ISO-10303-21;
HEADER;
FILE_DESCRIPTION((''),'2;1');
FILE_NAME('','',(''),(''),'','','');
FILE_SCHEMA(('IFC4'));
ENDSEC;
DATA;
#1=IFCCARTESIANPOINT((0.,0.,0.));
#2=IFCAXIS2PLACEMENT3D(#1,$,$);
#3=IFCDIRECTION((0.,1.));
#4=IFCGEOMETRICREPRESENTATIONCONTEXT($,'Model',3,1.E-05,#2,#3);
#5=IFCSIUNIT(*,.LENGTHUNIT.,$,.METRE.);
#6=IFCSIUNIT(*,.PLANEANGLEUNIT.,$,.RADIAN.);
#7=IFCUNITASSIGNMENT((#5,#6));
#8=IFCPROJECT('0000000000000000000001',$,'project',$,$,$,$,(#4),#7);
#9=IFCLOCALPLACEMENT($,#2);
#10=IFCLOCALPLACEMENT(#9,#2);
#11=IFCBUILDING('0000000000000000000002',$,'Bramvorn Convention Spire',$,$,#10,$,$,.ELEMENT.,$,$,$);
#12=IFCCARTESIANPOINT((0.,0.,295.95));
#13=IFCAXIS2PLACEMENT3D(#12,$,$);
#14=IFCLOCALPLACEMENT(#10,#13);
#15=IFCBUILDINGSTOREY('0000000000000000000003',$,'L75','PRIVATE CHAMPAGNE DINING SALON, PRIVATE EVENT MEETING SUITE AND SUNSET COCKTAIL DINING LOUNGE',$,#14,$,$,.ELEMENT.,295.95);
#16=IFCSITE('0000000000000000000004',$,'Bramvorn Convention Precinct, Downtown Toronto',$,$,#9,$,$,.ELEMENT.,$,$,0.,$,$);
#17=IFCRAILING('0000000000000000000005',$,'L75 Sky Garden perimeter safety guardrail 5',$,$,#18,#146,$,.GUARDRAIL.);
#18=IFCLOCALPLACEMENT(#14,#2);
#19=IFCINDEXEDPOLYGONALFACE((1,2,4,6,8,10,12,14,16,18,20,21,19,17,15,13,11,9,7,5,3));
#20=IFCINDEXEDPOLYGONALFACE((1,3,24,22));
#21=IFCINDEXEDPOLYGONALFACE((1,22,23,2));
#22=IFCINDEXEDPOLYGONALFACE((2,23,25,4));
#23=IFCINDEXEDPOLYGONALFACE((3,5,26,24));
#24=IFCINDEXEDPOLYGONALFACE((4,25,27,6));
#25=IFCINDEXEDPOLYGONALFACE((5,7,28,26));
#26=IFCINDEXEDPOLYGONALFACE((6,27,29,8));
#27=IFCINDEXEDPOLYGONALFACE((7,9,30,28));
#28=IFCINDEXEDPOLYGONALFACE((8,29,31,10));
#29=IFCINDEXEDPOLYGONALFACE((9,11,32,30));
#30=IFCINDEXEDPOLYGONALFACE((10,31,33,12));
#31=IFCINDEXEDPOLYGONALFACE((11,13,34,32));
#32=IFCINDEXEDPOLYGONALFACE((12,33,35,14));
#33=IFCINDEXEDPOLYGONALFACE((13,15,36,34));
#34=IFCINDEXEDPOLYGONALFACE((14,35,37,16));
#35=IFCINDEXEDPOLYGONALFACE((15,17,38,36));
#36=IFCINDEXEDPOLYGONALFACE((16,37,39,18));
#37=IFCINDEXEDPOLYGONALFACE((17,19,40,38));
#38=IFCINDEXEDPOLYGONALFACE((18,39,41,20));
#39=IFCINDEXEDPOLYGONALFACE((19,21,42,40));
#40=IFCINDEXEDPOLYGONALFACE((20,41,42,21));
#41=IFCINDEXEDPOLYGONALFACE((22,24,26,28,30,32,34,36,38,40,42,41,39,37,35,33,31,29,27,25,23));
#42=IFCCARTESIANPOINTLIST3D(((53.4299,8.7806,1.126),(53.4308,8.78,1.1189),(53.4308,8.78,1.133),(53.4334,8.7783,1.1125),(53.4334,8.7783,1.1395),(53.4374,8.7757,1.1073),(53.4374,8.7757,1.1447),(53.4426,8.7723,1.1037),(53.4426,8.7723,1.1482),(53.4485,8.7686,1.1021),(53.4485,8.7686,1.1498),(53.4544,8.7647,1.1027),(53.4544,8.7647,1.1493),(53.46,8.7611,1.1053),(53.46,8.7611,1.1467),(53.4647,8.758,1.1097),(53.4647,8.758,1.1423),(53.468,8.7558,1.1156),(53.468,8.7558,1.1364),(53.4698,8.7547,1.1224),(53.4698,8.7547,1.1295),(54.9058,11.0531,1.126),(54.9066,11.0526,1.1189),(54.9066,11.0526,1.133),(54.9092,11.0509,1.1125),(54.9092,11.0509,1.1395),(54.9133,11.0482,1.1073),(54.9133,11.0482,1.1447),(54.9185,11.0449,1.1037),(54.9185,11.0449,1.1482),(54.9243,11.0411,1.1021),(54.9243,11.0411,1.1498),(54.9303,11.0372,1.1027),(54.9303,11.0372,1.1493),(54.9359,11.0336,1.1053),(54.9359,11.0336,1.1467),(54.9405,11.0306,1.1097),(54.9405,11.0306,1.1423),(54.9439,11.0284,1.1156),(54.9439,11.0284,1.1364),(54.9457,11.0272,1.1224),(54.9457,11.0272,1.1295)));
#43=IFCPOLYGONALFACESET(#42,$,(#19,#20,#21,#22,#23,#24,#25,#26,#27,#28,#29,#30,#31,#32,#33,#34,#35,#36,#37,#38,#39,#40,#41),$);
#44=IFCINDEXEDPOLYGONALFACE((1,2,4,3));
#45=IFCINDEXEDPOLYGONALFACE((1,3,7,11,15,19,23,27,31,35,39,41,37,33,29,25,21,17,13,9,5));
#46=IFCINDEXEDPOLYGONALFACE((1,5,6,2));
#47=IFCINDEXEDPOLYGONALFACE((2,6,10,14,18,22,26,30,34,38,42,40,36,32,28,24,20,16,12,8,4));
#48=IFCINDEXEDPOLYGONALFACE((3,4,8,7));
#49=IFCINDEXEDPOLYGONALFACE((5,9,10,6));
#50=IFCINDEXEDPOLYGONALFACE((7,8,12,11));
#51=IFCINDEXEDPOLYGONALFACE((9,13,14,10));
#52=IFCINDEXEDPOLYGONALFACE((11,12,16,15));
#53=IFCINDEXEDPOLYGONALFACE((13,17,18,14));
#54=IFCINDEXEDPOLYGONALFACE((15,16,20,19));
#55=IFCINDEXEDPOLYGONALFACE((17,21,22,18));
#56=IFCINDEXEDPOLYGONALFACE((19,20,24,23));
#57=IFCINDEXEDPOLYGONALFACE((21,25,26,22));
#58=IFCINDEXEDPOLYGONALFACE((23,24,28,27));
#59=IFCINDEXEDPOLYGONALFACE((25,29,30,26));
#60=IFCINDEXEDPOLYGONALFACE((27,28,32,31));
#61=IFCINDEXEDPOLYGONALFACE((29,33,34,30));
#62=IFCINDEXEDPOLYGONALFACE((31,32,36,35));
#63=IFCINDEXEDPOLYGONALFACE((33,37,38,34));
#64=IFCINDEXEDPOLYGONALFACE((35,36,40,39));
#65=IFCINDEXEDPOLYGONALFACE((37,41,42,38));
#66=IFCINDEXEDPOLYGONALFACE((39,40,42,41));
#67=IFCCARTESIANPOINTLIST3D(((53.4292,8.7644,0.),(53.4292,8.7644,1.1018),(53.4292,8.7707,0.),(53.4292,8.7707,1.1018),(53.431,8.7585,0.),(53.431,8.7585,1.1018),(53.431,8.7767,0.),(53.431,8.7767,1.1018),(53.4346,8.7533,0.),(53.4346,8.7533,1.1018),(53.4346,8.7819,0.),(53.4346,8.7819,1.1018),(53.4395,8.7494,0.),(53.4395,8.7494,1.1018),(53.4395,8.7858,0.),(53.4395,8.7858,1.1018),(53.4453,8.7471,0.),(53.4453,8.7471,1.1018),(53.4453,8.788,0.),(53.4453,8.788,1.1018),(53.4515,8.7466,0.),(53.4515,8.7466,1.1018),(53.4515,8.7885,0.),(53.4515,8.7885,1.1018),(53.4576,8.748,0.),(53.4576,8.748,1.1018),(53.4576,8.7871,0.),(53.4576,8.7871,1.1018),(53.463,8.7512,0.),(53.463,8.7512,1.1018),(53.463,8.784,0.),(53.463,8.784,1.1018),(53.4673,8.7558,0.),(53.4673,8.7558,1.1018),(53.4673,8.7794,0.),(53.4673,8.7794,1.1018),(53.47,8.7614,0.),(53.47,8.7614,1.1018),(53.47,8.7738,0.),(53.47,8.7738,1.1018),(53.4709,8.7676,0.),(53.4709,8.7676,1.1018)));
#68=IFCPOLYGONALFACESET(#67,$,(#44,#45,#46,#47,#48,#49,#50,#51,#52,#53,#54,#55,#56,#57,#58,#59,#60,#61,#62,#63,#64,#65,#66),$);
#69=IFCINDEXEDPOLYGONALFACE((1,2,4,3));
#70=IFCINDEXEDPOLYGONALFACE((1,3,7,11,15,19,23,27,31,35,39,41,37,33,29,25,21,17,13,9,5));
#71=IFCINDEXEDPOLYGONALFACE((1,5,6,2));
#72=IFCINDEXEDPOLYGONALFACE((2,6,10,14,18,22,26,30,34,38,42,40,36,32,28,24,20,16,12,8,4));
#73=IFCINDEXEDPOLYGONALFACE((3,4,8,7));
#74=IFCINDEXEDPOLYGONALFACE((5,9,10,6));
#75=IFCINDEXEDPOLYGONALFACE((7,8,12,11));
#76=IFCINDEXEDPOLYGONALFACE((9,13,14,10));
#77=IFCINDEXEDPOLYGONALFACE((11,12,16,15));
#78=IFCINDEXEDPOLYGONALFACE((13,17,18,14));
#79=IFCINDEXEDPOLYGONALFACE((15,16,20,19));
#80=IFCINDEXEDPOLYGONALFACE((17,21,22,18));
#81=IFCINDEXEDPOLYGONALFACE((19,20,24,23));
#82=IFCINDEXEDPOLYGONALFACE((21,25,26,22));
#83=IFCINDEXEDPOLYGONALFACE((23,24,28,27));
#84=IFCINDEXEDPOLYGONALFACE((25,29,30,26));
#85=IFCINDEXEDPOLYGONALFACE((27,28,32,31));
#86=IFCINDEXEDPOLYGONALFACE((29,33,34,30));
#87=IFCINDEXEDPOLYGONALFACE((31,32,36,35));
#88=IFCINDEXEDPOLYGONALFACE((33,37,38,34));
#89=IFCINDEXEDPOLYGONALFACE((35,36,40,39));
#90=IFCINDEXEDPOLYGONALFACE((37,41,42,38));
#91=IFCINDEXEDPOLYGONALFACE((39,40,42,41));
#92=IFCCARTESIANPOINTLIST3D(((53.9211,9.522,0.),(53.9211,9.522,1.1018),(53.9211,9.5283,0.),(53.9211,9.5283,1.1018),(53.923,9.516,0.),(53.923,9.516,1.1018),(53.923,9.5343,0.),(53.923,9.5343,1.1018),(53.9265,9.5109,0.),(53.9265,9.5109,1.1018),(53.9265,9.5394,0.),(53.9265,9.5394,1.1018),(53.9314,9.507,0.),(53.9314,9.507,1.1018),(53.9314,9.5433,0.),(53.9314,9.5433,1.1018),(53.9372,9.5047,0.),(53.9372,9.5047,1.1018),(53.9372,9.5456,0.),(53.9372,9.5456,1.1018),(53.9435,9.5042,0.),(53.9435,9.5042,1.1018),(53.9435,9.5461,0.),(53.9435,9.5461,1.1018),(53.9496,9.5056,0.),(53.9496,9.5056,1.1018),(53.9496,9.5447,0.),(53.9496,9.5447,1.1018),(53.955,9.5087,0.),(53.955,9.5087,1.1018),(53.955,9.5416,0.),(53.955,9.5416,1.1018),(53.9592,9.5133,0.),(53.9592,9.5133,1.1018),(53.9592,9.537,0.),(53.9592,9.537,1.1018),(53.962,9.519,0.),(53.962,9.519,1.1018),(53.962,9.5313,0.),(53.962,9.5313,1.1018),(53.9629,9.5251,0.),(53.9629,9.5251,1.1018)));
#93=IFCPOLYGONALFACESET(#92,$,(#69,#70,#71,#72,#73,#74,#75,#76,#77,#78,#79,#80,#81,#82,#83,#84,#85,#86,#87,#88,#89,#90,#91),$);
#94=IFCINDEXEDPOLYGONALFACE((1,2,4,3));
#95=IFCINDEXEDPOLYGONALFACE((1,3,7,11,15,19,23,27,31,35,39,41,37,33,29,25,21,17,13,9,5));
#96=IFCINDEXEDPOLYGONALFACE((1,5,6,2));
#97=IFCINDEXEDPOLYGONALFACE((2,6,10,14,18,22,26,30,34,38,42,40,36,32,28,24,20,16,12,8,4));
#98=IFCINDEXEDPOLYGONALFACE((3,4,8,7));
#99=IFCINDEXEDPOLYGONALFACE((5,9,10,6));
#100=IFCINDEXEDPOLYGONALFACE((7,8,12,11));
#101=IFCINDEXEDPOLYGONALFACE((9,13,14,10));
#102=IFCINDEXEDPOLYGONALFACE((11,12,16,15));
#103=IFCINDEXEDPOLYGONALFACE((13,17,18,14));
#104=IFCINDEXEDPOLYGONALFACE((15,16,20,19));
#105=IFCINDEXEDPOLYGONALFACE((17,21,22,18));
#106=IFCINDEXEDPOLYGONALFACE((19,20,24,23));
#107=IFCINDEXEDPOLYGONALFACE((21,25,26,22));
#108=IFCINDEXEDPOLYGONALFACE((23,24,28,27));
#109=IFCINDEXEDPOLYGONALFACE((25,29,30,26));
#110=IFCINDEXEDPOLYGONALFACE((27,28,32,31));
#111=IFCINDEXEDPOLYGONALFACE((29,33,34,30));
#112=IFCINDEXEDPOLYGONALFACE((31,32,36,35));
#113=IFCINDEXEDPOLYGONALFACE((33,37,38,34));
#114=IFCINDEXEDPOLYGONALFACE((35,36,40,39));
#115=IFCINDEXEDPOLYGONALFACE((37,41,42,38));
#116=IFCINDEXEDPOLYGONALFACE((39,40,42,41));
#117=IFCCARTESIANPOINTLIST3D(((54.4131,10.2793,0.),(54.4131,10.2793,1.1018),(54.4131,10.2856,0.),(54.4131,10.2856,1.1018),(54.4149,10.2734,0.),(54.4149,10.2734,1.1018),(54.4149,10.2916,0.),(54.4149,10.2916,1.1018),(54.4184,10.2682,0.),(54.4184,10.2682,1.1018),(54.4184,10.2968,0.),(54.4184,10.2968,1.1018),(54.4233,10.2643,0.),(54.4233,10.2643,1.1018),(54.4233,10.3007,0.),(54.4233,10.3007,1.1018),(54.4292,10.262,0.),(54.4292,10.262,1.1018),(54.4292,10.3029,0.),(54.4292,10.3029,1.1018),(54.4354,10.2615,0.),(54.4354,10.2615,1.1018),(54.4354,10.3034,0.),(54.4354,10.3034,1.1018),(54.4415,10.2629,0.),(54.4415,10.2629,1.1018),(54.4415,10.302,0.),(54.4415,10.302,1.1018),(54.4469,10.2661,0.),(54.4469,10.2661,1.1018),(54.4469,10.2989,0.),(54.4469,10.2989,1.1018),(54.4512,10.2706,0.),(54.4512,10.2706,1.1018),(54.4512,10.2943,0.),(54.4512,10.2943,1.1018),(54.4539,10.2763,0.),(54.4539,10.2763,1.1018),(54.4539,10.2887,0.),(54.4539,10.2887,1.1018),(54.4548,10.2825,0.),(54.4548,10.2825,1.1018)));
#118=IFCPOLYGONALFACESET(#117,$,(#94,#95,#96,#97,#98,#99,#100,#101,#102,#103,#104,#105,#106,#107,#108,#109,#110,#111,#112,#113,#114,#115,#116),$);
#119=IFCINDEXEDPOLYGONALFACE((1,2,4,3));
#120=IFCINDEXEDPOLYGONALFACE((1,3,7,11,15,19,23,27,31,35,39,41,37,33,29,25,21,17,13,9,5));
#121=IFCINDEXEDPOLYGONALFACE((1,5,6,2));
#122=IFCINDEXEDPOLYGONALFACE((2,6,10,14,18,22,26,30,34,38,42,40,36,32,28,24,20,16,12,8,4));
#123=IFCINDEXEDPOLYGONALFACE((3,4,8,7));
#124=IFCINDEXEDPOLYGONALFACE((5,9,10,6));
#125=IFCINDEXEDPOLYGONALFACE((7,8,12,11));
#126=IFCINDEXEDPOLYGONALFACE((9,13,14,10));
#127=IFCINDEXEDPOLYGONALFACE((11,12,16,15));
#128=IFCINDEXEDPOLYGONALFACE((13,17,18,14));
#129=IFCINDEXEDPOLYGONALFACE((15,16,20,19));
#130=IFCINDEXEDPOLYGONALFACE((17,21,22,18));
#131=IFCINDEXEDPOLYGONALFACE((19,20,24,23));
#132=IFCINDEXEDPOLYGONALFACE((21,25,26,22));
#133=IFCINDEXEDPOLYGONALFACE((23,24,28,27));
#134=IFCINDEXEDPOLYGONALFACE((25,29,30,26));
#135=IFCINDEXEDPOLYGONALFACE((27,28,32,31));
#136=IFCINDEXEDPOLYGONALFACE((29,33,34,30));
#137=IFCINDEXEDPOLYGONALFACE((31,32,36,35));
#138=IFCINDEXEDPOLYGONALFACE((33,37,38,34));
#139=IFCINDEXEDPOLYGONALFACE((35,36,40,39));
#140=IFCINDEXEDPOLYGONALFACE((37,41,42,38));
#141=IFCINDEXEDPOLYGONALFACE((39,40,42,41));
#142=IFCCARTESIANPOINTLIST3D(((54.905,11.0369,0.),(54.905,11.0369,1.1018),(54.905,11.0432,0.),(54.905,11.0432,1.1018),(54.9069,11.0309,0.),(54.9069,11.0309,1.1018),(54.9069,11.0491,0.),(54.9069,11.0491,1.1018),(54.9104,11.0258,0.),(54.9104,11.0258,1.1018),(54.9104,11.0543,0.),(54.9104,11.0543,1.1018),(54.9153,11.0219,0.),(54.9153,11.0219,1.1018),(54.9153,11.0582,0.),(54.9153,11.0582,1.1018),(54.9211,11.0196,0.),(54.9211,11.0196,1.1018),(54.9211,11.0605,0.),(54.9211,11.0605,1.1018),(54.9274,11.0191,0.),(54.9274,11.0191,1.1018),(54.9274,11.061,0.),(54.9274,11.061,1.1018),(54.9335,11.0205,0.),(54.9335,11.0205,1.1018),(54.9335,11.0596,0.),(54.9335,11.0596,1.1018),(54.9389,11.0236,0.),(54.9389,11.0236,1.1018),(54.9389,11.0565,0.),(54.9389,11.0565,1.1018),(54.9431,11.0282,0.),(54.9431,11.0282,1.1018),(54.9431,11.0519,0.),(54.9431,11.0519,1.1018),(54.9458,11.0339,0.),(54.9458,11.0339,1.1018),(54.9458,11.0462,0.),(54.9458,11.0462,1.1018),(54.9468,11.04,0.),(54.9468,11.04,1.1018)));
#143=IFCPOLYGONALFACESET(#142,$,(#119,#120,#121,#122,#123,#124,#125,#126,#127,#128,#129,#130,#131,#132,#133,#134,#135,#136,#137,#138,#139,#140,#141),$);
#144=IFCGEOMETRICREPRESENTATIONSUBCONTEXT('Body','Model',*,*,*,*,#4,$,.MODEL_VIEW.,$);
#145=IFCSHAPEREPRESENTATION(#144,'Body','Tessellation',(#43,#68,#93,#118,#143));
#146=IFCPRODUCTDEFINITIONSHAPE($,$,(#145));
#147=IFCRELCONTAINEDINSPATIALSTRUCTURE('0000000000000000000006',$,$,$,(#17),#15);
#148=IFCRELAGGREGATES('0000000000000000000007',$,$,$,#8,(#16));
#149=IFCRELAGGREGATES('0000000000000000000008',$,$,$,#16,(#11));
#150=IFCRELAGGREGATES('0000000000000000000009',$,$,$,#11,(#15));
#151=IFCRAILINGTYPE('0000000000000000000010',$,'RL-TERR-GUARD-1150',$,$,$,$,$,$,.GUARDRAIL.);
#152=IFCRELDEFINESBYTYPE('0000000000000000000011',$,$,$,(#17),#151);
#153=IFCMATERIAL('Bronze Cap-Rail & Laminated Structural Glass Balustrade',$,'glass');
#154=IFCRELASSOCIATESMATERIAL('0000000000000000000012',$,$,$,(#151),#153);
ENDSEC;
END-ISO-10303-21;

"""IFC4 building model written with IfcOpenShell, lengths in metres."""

from ifc_helpers import new_model, si_unit, direction, frame, origin, origin_2d, place, context, subcontext, project, spatial, circle, extrude, material, type_object, element, save


model = new_model("IFC4")

# Units and contexts
model_context = context("Model", 3, precision=1e-05, world=origin(), true_north=direction((0.0, 1.0)))
body_context = subcontext(model_context, "Body", "Model", "MODEL_VIEW")
ifc_project = project(units=[si_unit("LENGTHUNIT", "METRE"), si_unit("PLANEANGLEUNIT", "RADIAN")], contexts=[model_context])

# Site, building, storey
site_placement = place(None, origin())
site = spatial("IfcSite", under=ifc_project, at=site_placement, Name="Bramvorn Convention Precinct, Downtown Toronto", CompositionType="ELEMENT", RefElevation=0.0)
building_placement = place(site_placement, origin())
building = spatial("IfcBuilding", under=site, at=building_placement, Name="Bramvorn Convention Spire", CompositionType="ELEMENT")
storey_placement = place(building_placement, frame((0.0, 0.0, 295.95)))
storey = spatial("IfcBuildingStorey", under=building, at=storey_placement, Name="L75", Description="PRIVATE CHAMPAGNE DINING SALON, PRIVATE EVENT MEETING SUITE AND SUNSET COCKTAIL DINING LOUNGE", CompositionType="ELEMENT", Elevation=295.95)

# Railing
ifc_material_1 = material(Name="Bronze Cap-Rail & Laminated Structural Glass Balustrade", Category="glass")
railing_type = type_object("IfcRailingType", Name="RL-TERR-GUARD-1150", PredefinedType="GUARDRAIL", material=ifc_material_1)
railing_1_placement = place(storey_placement, frame((53.45, 8.7676, 0.0)))
element("IfcRailing", 1, at=railing_1_placement, inside=storey, type_object=railing_type, Name="L75 Sky Garden perimeter safety guardrail 5", PredefinedType="GUARDRAIL", context=body_context, shape_type="SweptSolid", body=[
    extrude(circle(Radius=0.0239, at=origin_2d()), frame((0.0, 0.0, 1.126), z_axis=(0.544659, 0.838658, 0.0), x_axis=(-0.838658, 0.544659, 0.0)), (0.0, 0.0, 1.0), 2.7097),
    extrude(circle(Radius=0.021, at=origin_2d()), origin(), (0.0, 0.0, 1.0), 1.1018),
    extrude(circle(Radius=0.021, at=origin_2d()), frame((0.4919, 0.7576, 0.0)), (0.0, 0.0, 1.0), 1.1018),
    extrude(circle(Radius=0.021, at=origin_2d()), frame((0.9839, 1.5149, 0.0)), (0.0, 0.0, 1.0), 1.1018),
    extrude(circle(Radius=0.021, at=origin_2d()), frame((1.4758, 2.2725, 0.0)), (0.0, 0.0, 1.0), 1.1018),
])

save(model, "model.ifc")
